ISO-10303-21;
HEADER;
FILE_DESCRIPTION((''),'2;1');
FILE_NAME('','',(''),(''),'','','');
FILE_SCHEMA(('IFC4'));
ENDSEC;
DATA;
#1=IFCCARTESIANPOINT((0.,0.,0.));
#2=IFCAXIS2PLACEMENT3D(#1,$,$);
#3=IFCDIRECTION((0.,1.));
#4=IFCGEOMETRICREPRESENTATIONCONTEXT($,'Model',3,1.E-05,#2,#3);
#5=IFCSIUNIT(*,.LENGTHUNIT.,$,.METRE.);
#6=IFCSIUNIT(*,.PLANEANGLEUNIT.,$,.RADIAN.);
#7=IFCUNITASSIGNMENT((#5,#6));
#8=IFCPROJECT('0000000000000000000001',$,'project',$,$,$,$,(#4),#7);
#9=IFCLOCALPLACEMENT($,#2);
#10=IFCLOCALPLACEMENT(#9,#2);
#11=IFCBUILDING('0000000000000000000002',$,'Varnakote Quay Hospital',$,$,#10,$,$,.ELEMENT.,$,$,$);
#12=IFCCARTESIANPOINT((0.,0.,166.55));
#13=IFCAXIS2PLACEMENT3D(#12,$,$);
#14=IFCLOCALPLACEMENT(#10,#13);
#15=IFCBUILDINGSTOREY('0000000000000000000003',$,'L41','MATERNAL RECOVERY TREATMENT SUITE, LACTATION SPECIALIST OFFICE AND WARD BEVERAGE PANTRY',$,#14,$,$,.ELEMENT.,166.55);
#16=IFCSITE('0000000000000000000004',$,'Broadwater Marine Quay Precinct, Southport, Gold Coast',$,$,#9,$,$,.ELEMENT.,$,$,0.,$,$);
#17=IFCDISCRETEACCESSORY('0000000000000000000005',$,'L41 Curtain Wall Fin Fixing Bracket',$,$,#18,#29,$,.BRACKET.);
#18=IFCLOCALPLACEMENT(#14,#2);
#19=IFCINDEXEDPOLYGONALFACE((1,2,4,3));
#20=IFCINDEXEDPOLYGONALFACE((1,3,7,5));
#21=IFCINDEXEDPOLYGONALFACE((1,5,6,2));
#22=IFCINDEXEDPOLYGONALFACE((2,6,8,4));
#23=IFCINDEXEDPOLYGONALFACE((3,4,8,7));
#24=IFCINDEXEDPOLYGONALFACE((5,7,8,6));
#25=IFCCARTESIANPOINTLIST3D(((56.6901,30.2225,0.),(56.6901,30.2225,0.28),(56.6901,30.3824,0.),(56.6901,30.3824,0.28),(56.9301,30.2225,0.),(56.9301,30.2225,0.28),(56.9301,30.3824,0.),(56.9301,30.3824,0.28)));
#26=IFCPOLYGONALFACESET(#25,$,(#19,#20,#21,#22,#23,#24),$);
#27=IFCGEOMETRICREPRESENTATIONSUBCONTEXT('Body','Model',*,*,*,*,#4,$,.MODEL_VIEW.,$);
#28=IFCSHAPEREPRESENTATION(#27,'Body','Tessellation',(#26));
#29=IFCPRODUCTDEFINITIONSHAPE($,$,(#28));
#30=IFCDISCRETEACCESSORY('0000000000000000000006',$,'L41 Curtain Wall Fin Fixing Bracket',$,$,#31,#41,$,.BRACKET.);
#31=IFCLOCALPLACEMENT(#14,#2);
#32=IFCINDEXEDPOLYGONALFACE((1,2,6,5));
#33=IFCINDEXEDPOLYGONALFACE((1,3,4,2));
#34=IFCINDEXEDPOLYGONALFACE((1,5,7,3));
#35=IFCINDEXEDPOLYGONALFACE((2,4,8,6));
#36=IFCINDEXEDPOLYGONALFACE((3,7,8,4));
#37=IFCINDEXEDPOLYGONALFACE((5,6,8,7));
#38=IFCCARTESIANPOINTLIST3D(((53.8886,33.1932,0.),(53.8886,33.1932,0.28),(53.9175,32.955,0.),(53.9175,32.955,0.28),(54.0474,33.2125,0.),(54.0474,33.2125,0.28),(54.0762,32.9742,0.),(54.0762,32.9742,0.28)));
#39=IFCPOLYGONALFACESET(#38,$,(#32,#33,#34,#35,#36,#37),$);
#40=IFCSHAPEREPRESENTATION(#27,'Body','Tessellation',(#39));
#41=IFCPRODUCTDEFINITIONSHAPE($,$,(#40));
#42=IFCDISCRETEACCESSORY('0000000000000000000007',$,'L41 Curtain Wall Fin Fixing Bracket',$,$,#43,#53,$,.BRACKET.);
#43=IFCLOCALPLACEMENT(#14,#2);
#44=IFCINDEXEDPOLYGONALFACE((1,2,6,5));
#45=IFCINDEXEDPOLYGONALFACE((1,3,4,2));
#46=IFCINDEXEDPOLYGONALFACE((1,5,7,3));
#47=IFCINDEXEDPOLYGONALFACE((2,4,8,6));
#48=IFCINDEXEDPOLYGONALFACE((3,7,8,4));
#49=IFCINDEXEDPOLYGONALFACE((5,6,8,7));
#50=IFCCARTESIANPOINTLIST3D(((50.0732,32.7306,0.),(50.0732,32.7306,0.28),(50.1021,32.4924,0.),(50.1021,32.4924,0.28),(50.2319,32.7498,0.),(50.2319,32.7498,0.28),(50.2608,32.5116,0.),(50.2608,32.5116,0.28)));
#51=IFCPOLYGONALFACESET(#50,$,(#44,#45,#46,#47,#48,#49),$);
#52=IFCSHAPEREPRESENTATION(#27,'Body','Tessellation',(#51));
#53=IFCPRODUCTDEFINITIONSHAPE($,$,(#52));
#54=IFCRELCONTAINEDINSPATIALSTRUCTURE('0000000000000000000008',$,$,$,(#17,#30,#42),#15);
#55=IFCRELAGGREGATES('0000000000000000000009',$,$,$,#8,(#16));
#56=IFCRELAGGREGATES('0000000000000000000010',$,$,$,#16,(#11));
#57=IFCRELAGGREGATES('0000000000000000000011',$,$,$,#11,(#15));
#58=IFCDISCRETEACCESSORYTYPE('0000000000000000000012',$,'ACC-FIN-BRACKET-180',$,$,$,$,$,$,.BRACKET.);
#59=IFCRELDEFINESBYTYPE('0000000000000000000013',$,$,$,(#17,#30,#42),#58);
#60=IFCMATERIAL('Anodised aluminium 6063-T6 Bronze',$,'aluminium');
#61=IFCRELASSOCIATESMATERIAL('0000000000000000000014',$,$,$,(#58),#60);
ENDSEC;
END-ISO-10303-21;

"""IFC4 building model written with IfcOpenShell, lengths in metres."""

from ifc_helpers import new_model, si_unit, direction, frame, origin, origin_2d, place, context, subcontext, project, spatial, rectangle, extrude, material, type_object, element, save


model = new_model("IFC4")

# Units and contexts
model_context = context("Model", 3, precision=1e-05, world=origin(), true_north=direction((0.0, 1.0)))
body_context = subcontext(model_context, "Body", "Model", "MODEL_VIEW")
ifc_project = project(units=[si_unit("LENGTHUNIT", "METRE"), si_unit("PLANEANGLEUNIT", "RADIAN")], contexts=[model_context])

# Site, building, storey
site_placement = place(None, origin())
site = spatial("IfcSite", under=ifc_project, at=site_placement, Name="Broadwater Marine Quay Precinct, Southport, Gold Coast", CompositionType="ELEMENT", RefElevation=0.0)
building_placement = place(site_placement, origin())
building = spatial("IfcBuilding", under=site, at=building_placement, Name="Varnakote Quay Hospital", CompositionType="ELEMENT")
storey_placement = place(building_placement, frame((0.0, 0.0, 166.55)))
storey = spatial("IfcBuildingStorey", under=building, at=storey_placement, Name="L41", Description="MATERNAL RECOVERY TREATMENT SUITE, LACTATION SPECIALIST OFFICE AND WARD BEVERAGE PANTRY", CompositionType="ELEMENT", Elevation=166.55)

# Discrete accessories
ifc_material_1 = material(Name="Anodised aluminium 6063-T6 Bronze", Category="aluminium")
discrete_accessory_type = type_object("IfcDiscreteAccessoryType", Name="ACC-FIN-BRACKET-180", PredefinedType="BRACKET", material=ifc_material_1)
for number, where, z_axis, x_axis, name in (
    (1, (56.8101, 30.3025, 0.0), (0.0, 0.0, 1.0), (0.0, 1.0, 0.0), "L41 Curtain Wall Fin Fixing Bracket"),
    (2, (53.9824, 33.0837, 0.0), (0.0, 0.0, 1.0), (-0.992736, -0.12031, 0.0), "L41 Curtain Wall Fin Fixing Bracket"),
    (3, (50.167, 32.6211, 0.0), (0.0, 0.0, 1.0), (-0.992736, -0.12031, 0.0), "L41 Curtain Wall Fin Fixing Bracket"),
):
    element("IfcDiscreteAccessory", number, at=place(storey_placement, frame(where, z_axis=z_axis, x_axis=x_axis)), inside=storey, type_object=discrete_accessory_type, Name=name, PredefinedType="BRACKET", context=body_context, shape_type="SweptSolid", body=[
        extrude(rectangle(XDim=0.1599, YDim=0.24, at=origin_2d()), origin(), (0.0, 0.0, 1.0), 0.28),
    ])

save(model, "model.ifc")
